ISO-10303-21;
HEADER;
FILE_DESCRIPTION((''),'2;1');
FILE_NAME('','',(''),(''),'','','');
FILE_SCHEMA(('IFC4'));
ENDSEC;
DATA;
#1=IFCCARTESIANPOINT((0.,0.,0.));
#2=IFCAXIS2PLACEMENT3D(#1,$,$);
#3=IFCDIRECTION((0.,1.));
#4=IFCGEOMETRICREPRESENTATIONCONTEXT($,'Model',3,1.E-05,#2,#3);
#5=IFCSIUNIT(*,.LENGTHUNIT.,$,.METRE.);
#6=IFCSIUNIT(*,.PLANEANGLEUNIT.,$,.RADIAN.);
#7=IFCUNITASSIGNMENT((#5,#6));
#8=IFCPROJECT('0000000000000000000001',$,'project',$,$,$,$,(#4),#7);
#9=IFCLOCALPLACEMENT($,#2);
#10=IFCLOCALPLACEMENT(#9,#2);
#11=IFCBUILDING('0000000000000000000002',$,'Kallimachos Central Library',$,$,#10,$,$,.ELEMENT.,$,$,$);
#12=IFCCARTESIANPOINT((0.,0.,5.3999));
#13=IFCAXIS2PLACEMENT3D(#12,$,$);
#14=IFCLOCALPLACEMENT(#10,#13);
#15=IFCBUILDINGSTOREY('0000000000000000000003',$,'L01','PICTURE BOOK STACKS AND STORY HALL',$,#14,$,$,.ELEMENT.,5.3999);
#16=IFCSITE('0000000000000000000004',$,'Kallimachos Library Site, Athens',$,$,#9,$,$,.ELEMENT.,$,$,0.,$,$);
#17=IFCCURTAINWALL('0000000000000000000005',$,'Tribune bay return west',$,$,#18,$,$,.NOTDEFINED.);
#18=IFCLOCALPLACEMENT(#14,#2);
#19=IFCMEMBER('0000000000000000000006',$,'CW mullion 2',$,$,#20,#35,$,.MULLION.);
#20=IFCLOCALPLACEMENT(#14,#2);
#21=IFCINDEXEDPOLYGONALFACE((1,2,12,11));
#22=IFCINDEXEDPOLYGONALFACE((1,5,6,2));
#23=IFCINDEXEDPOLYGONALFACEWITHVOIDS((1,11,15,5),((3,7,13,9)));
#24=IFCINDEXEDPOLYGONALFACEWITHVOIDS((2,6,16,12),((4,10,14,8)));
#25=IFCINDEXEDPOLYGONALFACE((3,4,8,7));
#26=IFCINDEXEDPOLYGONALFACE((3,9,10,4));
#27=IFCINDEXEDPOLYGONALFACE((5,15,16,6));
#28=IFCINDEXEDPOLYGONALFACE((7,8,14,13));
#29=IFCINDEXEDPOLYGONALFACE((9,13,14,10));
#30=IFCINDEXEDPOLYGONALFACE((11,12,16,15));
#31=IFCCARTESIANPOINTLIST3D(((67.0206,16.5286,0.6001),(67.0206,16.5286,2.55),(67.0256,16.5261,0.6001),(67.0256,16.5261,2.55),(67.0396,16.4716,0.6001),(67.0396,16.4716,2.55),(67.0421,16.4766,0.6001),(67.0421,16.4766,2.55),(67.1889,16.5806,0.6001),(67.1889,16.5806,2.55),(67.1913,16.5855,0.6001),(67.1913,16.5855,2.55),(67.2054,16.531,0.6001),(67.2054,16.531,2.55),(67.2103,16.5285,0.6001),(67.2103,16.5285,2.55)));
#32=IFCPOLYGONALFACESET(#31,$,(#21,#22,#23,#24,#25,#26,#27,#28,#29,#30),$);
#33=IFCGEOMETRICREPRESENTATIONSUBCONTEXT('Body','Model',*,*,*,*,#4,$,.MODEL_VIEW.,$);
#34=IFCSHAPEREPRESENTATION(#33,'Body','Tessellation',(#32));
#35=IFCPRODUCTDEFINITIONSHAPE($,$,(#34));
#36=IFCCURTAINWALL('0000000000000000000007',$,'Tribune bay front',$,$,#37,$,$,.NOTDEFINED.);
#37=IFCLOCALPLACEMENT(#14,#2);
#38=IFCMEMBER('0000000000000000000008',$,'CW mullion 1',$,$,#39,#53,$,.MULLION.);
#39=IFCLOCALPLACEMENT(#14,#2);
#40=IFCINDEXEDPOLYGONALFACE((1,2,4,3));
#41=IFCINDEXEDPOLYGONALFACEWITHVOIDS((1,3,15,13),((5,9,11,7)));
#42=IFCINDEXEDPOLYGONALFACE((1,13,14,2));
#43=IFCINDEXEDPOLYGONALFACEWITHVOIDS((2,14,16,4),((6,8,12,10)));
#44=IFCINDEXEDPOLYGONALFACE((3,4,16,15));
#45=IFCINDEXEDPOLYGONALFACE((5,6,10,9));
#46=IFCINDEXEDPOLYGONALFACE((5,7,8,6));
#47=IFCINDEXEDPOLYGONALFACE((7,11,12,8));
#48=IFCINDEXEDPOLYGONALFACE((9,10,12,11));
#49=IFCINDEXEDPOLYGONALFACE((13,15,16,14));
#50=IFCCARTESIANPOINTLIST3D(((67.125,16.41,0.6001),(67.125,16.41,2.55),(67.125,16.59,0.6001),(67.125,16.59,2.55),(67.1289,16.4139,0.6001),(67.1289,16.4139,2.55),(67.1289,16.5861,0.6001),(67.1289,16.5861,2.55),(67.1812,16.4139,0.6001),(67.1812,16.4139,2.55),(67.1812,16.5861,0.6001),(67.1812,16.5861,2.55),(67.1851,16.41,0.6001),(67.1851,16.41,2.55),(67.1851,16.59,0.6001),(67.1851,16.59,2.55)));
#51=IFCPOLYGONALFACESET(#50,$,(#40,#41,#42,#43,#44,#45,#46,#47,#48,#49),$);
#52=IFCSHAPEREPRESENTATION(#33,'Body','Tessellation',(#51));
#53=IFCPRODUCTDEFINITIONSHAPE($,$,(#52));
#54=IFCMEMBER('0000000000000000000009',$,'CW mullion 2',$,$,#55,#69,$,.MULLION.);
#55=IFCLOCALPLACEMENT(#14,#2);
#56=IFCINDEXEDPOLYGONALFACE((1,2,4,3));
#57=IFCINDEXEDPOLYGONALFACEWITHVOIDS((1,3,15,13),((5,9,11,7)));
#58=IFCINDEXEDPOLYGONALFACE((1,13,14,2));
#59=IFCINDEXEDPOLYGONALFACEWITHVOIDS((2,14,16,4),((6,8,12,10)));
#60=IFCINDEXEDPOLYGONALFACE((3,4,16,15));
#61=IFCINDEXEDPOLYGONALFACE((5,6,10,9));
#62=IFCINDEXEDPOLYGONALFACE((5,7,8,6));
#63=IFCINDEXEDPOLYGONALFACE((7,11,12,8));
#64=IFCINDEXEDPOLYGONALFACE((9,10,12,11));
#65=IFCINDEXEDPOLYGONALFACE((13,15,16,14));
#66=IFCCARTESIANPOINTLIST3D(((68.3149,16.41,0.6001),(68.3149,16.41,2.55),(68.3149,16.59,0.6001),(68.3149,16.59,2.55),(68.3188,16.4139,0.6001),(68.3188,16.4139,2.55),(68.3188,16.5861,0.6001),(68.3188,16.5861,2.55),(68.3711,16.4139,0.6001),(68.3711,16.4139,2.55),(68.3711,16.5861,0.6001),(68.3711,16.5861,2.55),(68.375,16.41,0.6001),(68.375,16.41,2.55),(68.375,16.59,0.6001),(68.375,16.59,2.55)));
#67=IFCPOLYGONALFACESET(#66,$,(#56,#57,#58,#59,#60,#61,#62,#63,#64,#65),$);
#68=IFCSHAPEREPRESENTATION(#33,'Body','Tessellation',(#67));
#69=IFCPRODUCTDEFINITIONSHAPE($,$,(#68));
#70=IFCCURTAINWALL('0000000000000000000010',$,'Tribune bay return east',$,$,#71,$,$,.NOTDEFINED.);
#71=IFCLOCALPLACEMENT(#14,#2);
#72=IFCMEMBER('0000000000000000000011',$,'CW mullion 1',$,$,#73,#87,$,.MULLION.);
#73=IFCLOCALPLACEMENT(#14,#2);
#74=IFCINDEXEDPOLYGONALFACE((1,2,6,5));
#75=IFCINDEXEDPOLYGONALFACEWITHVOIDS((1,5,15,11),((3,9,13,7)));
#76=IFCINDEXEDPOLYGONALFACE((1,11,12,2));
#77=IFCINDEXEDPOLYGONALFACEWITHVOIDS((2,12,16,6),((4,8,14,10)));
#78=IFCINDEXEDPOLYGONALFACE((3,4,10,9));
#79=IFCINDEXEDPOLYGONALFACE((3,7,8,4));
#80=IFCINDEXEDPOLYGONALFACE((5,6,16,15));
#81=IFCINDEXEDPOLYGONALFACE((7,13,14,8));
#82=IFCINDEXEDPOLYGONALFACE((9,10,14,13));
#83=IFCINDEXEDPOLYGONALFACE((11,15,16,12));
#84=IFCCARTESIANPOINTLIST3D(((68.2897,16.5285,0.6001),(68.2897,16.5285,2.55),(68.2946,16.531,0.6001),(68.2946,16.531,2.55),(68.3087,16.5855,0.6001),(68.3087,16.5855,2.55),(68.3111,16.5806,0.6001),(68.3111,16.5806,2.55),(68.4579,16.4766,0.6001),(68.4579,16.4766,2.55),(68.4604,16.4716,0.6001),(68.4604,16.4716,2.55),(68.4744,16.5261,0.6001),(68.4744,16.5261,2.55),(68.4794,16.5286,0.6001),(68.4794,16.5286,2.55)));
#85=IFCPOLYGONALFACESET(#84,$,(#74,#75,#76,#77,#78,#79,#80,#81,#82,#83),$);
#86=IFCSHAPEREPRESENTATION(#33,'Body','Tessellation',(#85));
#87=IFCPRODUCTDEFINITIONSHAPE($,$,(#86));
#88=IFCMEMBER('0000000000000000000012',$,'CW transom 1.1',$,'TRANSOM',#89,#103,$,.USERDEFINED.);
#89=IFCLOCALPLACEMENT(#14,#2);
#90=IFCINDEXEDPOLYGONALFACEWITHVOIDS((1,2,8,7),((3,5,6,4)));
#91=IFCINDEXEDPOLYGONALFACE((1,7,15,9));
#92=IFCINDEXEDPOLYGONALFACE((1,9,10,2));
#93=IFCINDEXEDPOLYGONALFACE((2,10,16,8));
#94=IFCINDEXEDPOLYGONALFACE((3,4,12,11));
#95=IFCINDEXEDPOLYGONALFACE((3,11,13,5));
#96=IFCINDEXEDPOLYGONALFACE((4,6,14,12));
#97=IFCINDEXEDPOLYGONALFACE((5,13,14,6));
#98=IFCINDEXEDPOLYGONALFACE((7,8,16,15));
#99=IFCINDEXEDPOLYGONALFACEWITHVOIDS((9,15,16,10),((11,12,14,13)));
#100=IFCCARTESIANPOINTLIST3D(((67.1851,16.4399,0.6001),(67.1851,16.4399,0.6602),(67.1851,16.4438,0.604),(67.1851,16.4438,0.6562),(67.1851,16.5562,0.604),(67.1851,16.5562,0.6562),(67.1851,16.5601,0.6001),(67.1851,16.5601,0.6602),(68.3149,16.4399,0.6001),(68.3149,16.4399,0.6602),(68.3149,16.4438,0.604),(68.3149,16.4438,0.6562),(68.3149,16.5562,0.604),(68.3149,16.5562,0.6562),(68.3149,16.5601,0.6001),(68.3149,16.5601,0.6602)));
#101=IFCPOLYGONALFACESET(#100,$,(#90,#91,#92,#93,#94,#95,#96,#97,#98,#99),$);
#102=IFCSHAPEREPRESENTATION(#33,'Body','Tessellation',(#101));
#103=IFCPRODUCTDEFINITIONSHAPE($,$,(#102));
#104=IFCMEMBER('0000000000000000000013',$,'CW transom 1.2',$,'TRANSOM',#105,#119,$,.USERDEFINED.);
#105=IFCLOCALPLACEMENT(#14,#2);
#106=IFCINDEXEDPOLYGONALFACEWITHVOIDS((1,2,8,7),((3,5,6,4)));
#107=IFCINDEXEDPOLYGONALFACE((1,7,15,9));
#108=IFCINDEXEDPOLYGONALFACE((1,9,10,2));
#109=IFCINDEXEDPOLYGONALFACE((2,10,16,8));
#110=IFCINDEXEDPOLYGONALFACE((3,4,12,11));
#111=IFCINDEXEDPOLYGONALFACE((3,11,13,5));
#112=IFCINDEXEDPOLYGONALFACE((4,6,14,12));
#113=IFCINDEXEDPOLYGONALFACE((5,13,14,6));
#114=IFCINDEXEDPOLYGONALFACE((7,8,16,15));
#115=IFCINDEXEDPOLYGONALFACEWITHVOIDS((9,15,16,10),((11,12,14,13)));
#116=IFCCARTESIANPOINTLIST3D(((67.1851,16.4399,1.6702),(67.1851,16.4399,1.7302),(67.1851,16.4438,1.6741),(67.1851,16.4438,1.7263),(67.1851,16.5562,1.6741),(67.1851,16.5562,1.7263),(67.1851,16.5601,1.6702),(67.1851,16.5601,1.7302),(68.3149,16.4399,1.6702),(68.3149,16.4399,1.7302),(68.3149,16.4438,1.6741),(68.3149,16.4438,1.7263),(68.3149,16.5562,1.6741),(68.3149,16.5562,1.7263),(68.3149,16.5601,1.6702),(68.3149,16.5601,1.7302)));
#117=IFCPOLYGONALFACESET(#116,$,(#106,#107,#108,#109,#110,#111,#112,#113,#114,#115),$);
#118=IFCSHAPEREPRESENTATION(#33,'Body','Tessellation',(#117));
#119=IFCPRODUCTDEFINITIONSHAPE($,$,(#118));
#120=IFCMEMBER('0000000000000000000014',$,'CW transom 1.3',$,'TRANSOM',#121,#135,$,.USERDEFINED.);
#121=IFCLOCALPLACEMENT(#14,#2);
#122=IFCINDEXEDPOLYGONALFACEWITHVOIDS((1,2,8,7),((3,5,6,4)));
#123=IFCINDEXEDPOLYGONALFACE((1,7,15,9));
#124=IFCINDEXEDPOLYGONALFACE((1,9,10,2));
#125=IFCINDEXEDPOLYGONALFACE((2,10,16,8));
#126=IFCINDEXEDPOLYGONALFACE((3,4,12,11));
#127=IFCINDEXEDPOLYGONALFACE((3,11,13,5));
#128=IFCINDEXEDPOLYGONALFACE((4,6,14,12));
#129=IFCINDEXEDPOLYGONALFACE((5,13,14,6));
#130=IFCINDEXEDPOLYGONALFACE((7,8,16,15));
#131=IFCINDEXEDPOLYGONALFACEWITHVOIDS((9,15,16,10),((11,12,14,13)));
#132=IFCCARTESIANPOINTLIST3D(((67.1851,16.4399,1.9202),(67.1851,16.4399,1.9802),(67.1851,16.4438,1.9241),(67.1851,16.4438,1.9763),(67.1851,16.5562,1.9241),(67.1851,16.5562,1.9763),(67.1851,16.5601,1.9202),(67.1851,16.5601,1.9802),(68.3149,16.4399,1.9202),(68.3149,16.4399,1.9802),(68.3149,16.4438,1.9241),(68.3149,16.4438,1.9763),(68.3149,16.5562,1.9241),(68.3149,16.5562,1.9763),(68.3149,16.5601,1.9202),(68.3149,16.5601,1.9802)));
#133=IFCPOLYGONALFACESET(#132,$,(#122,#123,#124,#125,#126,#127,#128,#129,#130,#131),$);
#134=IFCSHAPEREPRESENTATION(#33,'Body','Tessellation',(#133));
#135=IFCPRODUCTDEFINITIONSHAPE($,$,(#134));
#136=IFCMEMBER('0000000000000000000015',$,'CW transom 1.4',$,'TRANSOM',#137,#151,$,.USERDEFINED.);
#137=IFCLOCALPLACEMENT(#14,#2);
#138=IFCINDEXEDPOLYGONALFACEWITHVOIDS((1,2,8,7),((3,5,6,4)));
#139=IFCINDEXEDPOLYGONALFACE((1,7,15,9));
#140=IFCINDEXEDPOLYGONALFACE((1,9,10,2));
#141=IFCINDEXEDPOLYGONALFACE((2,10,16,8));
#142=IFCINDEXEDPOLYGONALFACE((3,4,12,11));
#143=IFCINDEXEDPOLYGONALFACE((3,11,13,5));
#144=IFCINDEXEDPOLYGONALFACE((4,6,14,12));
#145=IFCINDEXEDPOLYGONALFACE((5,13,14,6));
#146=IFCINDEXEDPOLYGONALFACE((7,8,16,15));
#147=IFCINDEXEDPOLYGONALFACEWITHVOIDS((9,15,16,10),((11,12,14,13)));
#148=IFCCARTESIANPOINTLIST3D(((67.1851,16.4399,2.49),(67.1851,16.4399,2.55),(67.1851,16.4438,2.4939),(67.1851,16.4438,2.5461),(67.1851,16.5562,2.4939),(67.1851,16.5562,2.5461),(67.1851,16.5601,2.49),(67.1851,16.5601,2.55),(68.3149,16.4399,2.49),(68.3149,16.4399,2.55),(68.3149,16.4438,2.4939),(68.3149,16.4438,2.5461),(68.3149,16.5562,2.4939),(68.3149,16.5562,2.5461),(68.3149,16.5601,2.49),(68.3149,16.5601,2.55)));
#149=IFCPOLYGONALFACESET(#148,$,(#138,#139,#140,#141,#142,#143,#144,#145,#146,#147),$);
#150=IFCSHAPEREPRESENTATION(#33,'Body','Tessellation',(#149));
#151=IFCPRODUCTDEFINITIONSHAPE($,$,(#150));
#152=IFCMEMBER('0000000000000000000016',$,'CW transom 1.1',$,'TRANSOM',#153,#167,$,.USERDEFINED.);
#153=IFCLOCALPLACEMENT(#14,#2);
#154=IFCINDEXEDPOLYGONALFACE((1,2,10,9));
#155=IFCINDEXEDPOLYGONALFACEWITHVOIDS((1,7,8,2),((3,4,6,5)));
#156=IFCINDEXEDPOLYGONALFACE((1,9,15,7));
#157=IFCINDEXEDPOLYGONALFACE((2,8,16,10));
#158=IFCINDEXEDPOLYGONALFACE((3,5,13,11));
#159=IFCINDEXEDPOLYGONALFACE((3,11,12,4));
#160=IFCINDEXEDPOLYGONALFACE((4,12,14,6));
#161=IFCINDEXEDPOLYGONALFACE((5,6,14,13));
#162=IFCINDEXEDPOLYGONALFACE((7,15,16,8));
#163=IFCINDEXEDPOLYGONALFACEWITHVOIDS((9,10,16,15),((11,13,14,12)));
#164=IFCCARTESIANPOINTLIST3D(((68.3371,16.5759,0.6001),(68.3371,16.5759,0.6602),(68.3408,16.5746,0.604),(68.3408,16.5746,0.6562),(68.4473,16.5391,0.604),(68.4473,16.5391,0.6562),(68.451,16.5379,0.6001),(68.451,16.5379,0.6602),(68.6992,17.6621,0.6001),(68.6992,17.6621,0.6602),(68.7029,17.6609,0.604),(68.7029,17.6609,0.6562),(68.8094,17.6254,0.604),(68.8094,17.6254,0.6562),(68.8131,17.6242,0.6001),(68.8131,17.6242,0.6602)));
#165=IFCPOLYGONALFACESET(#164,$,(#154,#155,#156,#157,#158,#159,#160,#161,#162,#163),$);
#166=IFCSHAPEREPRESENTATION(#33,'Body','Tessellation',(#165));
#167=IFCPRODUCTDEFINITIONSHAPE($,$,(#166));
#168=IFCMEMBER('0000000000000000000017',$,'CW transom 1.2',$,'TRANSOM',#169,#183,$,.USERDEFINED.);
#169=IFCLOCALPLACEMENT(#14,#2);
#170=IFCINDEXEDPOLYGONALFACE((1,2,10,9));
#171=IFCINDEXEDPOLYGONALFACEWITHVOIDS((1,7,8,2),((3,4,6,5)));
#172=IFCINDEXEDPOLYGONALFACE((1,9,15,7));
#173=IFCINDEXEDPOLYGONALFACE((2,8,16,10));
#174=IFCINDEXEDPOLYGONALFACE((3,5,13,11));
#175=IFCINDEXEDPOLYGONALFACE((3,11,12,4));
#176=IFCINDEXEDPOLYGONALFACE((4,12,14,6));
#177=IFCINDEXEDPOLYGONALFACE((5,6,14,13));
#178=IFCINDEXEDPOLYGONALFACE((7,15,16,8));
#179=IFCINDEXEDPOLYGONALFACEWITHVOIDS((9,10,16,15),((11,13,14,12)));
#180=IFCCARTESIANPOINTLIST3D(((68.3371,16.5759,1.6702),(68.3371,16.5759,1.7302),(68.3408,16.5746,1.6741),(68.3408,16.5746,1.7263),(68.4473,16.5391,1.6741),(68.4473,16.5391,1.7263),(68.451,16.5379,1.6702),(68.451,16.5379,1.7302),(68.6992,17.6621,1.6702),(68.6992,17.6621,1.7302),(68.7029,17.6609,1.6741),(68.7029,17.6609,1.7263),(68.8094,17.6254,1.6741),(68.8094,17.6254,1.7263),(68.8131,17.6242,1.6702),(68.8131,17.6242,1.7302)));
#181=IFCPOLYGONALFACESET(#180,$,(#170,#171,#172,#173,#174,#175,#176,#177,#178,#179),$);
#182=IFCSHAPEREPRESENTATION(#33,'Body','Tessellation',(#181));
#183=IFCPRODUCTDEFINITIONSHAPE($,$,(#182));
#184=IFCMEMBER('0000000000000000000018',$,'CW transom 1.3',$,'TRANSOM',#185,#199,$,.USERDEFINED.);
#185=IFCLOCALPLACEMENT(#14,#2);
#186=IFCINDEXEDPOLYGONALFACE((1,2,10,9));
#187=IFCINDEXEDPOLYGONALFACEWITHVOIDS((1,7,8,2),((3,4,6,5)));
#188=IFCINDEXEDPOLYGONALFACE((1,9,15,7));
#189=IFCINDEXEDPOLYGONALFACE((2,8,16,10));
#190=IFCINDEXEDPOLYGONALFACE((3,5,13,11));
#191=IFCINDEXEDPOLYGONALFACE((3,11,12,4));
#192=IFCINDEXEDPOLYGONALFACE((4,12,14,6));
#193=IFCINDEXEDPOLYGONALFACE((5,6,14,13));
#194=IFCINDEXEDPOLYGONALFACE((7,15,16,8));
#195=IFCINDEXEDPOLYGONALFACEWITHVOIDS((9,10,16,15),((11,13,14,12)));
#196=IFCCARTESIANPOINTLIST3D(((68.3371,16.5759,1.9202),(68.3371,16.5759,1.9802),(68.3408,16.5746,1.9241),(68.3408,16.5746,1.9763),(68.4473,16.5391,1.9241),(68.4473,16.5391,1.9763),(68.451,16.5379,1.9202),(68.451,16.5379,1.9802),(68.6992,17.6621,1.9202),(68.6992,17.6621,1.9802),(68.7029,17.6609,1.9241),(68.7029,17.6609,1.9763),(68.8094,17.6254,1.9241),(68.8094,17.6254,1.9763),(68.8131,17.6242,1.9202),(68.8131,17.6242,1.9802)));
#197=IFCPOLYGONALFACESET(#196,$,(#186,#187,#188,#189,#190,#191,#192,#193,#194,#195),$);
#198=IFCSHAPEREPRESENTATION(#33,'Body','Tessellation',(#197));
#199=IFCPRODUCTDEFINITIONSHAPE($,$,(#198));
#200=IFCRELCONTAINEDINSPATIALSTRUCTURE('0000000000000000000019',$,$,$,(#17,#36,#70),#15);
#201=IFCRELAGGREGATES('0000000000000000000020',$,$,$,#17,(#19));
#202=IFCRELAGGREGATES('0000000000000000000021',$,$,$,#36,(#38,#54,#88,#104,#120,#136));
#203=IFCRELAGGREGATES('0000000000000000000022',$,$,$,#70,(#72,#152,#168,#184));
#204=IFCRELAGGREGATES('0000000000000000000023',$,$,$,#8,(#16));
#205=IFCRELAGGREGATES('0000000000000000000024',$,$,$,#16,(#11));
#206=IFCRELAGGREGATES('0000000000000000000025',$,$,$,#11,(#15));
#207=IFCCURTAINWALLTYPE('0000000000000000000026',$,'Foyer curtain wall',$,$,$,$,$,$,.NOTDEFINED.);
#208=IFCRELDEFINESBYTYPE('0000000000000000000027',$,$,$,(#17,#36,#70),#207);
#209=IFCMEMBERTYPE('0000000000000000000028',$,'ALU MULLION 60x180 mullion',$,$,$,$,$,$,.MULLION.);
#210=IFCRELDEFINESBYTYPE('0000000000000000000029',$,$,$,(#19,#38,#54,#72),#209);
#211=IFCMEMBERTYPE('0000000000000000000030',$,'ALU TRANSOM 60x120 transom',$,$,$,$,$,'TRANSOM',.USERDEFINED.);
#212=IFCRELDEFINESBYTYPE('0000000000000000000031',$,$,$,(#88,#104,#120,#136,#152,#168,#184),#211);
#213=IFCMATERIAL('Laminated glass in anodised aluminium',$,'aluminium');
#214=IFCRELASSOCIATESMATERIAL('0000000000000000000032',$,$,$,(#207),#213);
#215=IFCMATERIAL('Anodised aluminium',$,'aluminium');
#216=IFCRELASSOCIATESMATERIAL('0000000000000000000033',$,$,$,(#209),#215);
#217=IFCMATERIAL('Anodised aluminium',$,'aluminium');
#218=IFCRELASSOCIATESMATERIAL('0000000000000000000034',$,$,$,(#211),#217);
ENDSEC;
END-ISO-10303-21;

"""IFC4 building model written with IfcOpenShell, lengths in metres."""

from ifc_helpers import new_model, si_unit, direction, frame, origin, origin_2d, place, context, subcontext, project, spatial, hollow_rectangle, extrude, material, material_profile, profile_set, type_object, element, aggregate, save


model = new_model("IFC4")

# Units and contexts
model_context = context("Model", 3, precision=1e-05, world=origin(), true_north=direction((0.0, 1.0)))
body_context = subcontext(model_context, "Body", "Model", "MODEL_VIEW")
ifc_project = project(units=[si_unit("LENGTHUNIT", "METRE"), si_unit("PLANEANGLEUNIT", "RADIAN")], contexts=[model_context])

# Site, building, storey
site_placement = place(None, origin())
site = spatial("IfcSite", under=ifc_project, at=site_placement, Name="Kallimachos Library Site, Athens", CompositionType="ELEMENT", RefElevation=0.0)
building_placement = place(site_placement, origin())
building = spatial("IfcBuilding", under=site, at=building_placement, Name="Kallimachos Central Library", CompositionType="ELEMENT")
storey_placement = place(building_placement, frame((0.0, 0.0, 5.3999)))
storey = spatial("IfcBuildingStorey", under=building, at=storey_placement, Name="L01", Description="PICTURE BOOK STACKS AND STORY HALL", CompositionType="ELEMENT", Elevation=5.3999)

# Curtain wall, member
ifc_material_1 = material(Name="Laminated glass in anodised aluminium", Category="aluminium")
curtain_wall_type = type_object("IfcCurtainWallType", Name="Foyer curtain wall", PredefinedType="NOTDEFINED", material=ifc_material_1)
curtain_wall_1_placement = place(storey_placement, origin())
curtain_wall_1 = element("IfcCurtainWall", 1, at=curtain_wall_1_placement, inside=storey, type_object=curtain_wall_type, Name="Tribune bay return west", PredefinedType="NOTDEFINED")
ifc_material_2 = material(Name="Anodised aluminium", Category="aluminium")
ifc_material_profile_1 = material_profile(ifc_material_2, hollow_rectangle(XDim=0.0601, YDim=0.1799, WallThickness=0.0039, at=origin_2d()), Name="ALU MULLION 60x180")
ifc_profile_set_1 = profile_set([ifc_material_profile_1], Name="Anodised aluminium")
member_type_1 = type_object("IfcMemberType", Name="ALU MULLION 60x180 mullion", PredefinedType="MULLION", material=ifc_profile_set_1)
member_1_placement = place(storey_placement, frame((67.1155, 16.5286, 0.6001), z_axis=(0.0, 0.0, 1.0), x_axis=(0.316228, -0.948683, 0.0)))
member_1 = element("IfcMember", 2, at=member_1_placement, type_object=member_type_1, Name="CW mullion 2", PredefinedType="MULLION", context=body_context, shape_type="SweptSolid", body=[
    extrude(hollow_rectangle(XDim=0.0601, YDim=0.1799, WallThickness=0.0039, at=origin_2d()), origin(), (0.0, 0.0, 1.0), 1.95),
])

# Curtain wall, members
curtain_wall_2_placement = place(storey_placement, origin())
curtain_wall_2 = element("IfcCurtainWall", 3, at=curtain_wall_2_placement, inside=storey, type_object=curtain_wall_type, Name="Tribune bay front", PredefinedType="NOTDEFINED")
member_2_placement = place(storey_placement, frame((67.155, 16.5, 0.6001), z_axis=(0.0, 0.0, 1.0), x_axis=(1.0, 0.0, 0.0)))
member_2 = element("IfcMember", 4, at=member_2_placement, type_object=member_type_1, Name="CW mullion 1", PredefinedType="MULLION", context=body_context, shape_type="SweptSolid", body=[
    extrude(hollow_rectangle(XDim=0.0601, YDim=0.1799, WallThickness=0.0039, at=origin_2d()), origin(), (0.0, 0.0, 1.0), 1.95),
])
member_3_placement = place(storey_placement, frame((68.345, 16.5, 0.6001), z_axis=(0.0, 0.0, 1.0), x_axis=(1.0, 0.0, 0.0)))
member_3 = element("IfcMember", 5, at=member_3_placement, type_object=member_type_1, Name="CW mullion 2", PredefinedType="MULLION", context=body_context, shape_type="SweptSolid", body=[
    extrude(hollow_rectangle(XDim=0.0601, YDim=0.1799, WallThickness=0.0039, at=origin_2d()), origin(), (0.0, 0.0, 1.0), 1.95),
])

# Curtain wall, member
curtain_wall_3_placement = place(storey_placement, origin())
curtain_wall_3 = element("IfcCurtainWall", 6, at=curtain_wall_3_placement, inside=storey, type_object=curtain_wall_type, Name="Tribune bay return east", PredefinedType="NOTDEFINED")
member_4_placement = place(storey_placement, frame((68.3845, 16.5286, 0.6001), z_axis=(0.0, 0.0, 1.0), x_axis=(0.316228, 0.948683, 0.0)))
member_4 = element("IfcMember", 7, at=member_4_placement, type_object=member_type_1, Name="CW mullion 1", PredefinedType="MULLION", context=body_context, shape_type="SweptSolid", body=[
    extrude(hollow_rectangle(XDim=0.0601, YDim=0.1799, WallThickness=0.0039, at=origin_2d()), origin(), (0.0, 0.0, 1.0), 1.95),
])

# Members
ifc_material_3 = material(Name="Anodised aluminium", Category="aluminium")
ifc_material_profile_2 = material_profile(ifc_material_3, hollow_rectangle(XDim=0.0601, YDim=0.1201, WallThickness=0.0039, at=origin_2d()), Name="ALU TRANSOM 60x120")
ifc_profile_set_2 = profile_set([ifc_material_profile_2], Name="Anodised aluminium")
member_type_2 = type_object("IfcMemberType", Name="ALU TRANSOM 60x120 transom", ElementType="TRANSOM", PredefinedType="USERDEFINED", material=ifc_profile_set_2)
member_5_placement = place(storey_placement, frame((67.1851, 16.5, 0.6301), z_axis=(1.0, 0.0, 0.0), x_axis=(0.0, 0.0, 1.0)))
member_5 = element("IfcMember", 8, at=member_5_placement, type_object=member_type_2, Name="CW transom 1.1", ObjectType="TRANSOM", PredefinedType="USERDEFINED", context=body_context, shape_type="SweptSolid", body=[
    extrude(hollow_rectangle(XDim=0.0601, YDim=0.1201, WallThickness=0.0039, at=origin_2d()), origin(), (0.0, 0.0, 1.0), 1.1299),
])
member_6_placement = place(storey_placement, frame((67.1851, 16.5, 1.7002), z_axis=(1.0, 0.0, 0.0), x_axis=(0.0, 0.0, 1.0)))
member_6 = element("IfcMember", 9, at=member_6_placement, type_object=member_type_2, Name="CW transom 1.2", ObjectType="TRANSOM", PredefinedType="USERDEFINED", context=body_context, shape_type="SweptSolid", body=[
    extrude(hollow_rectangle(XDim=0.0601, YDim=0.1201, WallThickness=0.0039, at=origin_2d()), origin(), (0.0, 0.0, 1.0), 1.1299),
])
member_7_placement = place(storey_placement, frame((67.1851, 16.5, 1.9502), z_axis=(1.0, 0.0, 0.0), x_axis=(0.0, 0.0, 1.0)))
member_7 = element("IfcMember", 10, at=member_7_placement, type_object=member_type_2, Name="CW transom 1.3", ObjectType="TRANSOM", PredefinedType="USERDEFINED", context=body_context, shape_type="SweptSolid", body=[
    extrude(hollow_rectangle(XDim=0.0601, YDim=0.1201, WallThickness=0.0039, at=origin_2d()), origin(), (0.0, 0.0, 1.0), 1.1299),
])
member_8_placement = place(storey_placement, frame((67.1851, 16.5, 2.52), z_axis=(1.0, 0.0, 0.0), x_axis=(0.0, 0.0, 1.0)))
member_8 = element("IfcMember", 11, at=member_8_placement, type_object=member_type_2, Name="CW transom 1.4", ObjectType="TRANSOM", PredefinedType="USERDEFINED", context=body_context, shape_type="SweptSolid", body=[
    extrude(hollow_rectangle(XDim=0.0601, YDim=0.1201, WallThickness=0.0039, at=origin_2d()), origin(), (0.0, 0.0, 1.0), 1.1299),
])
member_9_placement = place(storey_placement, frame((68.394, 16.5569, 0.6301), z_axis=(0.316228, 0.948683, 0.0), x_axis=(0.0, 0.0, 1.0)))
member_9 = element("IfcMember", 12, at=member_9_placement, type_object=member_type_2, Name="CW transom 1.1", ObjectType="TRANSOM", PredefinedType="USERDEFINED", context=body_context, shape_type="SweptSolid", body=[
    extrude(hollow_rectangle(XDim=0.0601, YDim=0.1201, WallThickness=0.0039, at=origin_2d()), origin(), (0.0, 0.0, 1.0), 1.145),
])
member_10_placement = place(storey_placement, frame((68.394, 16.5569, 1.7002), z_axis=(0.316228, 0.948683, 0.0), x_axis=(0.0, 0.0, 1.0)))
member_10 = element("IfcMember", 13, at=member_10_placement, type_object=member_type_2, Name="CW transom 1.2", ObjectType="TRANSOM", PredefinedType="USERDEFINED", context=body_context, shape_type="SweptSolid", body=[
    extrude(hollow_rectangle(XDim=0.0601, YDim=0.1201, WallThickness=0.0039, at=origin_2d()), origin(), (0.0, 0.0, 1.0), 1.145),
])
member_11_placement = place(storey_placement, frame((68.394, 16.5569, 1.9502), z_axis=(0.316228, 0.948683, 0.0), x_axis=(0.0, 0.0, 1.0)))
member_11 = element("IfcMember", 14, at=member_11_placement, type_object=member_type_2, Name="CW transom 1.3", ObjectType="TRANSOM", PredefinedType="USERDEFINED", context=body_context, shape_type="SweptSolid", body=[
    extrude(hollow_rectangle(XDim=0.0601, YDim=0.1201, WallThickness=0.0039, at=origin_2d()), origin(), (0.0, 0.0, 1.0), 1.145),
])

aggregate(curtain_wall_1, [member_1])
aggregate(curtain_wall_2, [member_2, member_3, member_5, member_6, member_7, member_8])
aggregate(curtain_wall_3, [member_4, member_9, member_10, member_11])

save(model, "model.ifc")
